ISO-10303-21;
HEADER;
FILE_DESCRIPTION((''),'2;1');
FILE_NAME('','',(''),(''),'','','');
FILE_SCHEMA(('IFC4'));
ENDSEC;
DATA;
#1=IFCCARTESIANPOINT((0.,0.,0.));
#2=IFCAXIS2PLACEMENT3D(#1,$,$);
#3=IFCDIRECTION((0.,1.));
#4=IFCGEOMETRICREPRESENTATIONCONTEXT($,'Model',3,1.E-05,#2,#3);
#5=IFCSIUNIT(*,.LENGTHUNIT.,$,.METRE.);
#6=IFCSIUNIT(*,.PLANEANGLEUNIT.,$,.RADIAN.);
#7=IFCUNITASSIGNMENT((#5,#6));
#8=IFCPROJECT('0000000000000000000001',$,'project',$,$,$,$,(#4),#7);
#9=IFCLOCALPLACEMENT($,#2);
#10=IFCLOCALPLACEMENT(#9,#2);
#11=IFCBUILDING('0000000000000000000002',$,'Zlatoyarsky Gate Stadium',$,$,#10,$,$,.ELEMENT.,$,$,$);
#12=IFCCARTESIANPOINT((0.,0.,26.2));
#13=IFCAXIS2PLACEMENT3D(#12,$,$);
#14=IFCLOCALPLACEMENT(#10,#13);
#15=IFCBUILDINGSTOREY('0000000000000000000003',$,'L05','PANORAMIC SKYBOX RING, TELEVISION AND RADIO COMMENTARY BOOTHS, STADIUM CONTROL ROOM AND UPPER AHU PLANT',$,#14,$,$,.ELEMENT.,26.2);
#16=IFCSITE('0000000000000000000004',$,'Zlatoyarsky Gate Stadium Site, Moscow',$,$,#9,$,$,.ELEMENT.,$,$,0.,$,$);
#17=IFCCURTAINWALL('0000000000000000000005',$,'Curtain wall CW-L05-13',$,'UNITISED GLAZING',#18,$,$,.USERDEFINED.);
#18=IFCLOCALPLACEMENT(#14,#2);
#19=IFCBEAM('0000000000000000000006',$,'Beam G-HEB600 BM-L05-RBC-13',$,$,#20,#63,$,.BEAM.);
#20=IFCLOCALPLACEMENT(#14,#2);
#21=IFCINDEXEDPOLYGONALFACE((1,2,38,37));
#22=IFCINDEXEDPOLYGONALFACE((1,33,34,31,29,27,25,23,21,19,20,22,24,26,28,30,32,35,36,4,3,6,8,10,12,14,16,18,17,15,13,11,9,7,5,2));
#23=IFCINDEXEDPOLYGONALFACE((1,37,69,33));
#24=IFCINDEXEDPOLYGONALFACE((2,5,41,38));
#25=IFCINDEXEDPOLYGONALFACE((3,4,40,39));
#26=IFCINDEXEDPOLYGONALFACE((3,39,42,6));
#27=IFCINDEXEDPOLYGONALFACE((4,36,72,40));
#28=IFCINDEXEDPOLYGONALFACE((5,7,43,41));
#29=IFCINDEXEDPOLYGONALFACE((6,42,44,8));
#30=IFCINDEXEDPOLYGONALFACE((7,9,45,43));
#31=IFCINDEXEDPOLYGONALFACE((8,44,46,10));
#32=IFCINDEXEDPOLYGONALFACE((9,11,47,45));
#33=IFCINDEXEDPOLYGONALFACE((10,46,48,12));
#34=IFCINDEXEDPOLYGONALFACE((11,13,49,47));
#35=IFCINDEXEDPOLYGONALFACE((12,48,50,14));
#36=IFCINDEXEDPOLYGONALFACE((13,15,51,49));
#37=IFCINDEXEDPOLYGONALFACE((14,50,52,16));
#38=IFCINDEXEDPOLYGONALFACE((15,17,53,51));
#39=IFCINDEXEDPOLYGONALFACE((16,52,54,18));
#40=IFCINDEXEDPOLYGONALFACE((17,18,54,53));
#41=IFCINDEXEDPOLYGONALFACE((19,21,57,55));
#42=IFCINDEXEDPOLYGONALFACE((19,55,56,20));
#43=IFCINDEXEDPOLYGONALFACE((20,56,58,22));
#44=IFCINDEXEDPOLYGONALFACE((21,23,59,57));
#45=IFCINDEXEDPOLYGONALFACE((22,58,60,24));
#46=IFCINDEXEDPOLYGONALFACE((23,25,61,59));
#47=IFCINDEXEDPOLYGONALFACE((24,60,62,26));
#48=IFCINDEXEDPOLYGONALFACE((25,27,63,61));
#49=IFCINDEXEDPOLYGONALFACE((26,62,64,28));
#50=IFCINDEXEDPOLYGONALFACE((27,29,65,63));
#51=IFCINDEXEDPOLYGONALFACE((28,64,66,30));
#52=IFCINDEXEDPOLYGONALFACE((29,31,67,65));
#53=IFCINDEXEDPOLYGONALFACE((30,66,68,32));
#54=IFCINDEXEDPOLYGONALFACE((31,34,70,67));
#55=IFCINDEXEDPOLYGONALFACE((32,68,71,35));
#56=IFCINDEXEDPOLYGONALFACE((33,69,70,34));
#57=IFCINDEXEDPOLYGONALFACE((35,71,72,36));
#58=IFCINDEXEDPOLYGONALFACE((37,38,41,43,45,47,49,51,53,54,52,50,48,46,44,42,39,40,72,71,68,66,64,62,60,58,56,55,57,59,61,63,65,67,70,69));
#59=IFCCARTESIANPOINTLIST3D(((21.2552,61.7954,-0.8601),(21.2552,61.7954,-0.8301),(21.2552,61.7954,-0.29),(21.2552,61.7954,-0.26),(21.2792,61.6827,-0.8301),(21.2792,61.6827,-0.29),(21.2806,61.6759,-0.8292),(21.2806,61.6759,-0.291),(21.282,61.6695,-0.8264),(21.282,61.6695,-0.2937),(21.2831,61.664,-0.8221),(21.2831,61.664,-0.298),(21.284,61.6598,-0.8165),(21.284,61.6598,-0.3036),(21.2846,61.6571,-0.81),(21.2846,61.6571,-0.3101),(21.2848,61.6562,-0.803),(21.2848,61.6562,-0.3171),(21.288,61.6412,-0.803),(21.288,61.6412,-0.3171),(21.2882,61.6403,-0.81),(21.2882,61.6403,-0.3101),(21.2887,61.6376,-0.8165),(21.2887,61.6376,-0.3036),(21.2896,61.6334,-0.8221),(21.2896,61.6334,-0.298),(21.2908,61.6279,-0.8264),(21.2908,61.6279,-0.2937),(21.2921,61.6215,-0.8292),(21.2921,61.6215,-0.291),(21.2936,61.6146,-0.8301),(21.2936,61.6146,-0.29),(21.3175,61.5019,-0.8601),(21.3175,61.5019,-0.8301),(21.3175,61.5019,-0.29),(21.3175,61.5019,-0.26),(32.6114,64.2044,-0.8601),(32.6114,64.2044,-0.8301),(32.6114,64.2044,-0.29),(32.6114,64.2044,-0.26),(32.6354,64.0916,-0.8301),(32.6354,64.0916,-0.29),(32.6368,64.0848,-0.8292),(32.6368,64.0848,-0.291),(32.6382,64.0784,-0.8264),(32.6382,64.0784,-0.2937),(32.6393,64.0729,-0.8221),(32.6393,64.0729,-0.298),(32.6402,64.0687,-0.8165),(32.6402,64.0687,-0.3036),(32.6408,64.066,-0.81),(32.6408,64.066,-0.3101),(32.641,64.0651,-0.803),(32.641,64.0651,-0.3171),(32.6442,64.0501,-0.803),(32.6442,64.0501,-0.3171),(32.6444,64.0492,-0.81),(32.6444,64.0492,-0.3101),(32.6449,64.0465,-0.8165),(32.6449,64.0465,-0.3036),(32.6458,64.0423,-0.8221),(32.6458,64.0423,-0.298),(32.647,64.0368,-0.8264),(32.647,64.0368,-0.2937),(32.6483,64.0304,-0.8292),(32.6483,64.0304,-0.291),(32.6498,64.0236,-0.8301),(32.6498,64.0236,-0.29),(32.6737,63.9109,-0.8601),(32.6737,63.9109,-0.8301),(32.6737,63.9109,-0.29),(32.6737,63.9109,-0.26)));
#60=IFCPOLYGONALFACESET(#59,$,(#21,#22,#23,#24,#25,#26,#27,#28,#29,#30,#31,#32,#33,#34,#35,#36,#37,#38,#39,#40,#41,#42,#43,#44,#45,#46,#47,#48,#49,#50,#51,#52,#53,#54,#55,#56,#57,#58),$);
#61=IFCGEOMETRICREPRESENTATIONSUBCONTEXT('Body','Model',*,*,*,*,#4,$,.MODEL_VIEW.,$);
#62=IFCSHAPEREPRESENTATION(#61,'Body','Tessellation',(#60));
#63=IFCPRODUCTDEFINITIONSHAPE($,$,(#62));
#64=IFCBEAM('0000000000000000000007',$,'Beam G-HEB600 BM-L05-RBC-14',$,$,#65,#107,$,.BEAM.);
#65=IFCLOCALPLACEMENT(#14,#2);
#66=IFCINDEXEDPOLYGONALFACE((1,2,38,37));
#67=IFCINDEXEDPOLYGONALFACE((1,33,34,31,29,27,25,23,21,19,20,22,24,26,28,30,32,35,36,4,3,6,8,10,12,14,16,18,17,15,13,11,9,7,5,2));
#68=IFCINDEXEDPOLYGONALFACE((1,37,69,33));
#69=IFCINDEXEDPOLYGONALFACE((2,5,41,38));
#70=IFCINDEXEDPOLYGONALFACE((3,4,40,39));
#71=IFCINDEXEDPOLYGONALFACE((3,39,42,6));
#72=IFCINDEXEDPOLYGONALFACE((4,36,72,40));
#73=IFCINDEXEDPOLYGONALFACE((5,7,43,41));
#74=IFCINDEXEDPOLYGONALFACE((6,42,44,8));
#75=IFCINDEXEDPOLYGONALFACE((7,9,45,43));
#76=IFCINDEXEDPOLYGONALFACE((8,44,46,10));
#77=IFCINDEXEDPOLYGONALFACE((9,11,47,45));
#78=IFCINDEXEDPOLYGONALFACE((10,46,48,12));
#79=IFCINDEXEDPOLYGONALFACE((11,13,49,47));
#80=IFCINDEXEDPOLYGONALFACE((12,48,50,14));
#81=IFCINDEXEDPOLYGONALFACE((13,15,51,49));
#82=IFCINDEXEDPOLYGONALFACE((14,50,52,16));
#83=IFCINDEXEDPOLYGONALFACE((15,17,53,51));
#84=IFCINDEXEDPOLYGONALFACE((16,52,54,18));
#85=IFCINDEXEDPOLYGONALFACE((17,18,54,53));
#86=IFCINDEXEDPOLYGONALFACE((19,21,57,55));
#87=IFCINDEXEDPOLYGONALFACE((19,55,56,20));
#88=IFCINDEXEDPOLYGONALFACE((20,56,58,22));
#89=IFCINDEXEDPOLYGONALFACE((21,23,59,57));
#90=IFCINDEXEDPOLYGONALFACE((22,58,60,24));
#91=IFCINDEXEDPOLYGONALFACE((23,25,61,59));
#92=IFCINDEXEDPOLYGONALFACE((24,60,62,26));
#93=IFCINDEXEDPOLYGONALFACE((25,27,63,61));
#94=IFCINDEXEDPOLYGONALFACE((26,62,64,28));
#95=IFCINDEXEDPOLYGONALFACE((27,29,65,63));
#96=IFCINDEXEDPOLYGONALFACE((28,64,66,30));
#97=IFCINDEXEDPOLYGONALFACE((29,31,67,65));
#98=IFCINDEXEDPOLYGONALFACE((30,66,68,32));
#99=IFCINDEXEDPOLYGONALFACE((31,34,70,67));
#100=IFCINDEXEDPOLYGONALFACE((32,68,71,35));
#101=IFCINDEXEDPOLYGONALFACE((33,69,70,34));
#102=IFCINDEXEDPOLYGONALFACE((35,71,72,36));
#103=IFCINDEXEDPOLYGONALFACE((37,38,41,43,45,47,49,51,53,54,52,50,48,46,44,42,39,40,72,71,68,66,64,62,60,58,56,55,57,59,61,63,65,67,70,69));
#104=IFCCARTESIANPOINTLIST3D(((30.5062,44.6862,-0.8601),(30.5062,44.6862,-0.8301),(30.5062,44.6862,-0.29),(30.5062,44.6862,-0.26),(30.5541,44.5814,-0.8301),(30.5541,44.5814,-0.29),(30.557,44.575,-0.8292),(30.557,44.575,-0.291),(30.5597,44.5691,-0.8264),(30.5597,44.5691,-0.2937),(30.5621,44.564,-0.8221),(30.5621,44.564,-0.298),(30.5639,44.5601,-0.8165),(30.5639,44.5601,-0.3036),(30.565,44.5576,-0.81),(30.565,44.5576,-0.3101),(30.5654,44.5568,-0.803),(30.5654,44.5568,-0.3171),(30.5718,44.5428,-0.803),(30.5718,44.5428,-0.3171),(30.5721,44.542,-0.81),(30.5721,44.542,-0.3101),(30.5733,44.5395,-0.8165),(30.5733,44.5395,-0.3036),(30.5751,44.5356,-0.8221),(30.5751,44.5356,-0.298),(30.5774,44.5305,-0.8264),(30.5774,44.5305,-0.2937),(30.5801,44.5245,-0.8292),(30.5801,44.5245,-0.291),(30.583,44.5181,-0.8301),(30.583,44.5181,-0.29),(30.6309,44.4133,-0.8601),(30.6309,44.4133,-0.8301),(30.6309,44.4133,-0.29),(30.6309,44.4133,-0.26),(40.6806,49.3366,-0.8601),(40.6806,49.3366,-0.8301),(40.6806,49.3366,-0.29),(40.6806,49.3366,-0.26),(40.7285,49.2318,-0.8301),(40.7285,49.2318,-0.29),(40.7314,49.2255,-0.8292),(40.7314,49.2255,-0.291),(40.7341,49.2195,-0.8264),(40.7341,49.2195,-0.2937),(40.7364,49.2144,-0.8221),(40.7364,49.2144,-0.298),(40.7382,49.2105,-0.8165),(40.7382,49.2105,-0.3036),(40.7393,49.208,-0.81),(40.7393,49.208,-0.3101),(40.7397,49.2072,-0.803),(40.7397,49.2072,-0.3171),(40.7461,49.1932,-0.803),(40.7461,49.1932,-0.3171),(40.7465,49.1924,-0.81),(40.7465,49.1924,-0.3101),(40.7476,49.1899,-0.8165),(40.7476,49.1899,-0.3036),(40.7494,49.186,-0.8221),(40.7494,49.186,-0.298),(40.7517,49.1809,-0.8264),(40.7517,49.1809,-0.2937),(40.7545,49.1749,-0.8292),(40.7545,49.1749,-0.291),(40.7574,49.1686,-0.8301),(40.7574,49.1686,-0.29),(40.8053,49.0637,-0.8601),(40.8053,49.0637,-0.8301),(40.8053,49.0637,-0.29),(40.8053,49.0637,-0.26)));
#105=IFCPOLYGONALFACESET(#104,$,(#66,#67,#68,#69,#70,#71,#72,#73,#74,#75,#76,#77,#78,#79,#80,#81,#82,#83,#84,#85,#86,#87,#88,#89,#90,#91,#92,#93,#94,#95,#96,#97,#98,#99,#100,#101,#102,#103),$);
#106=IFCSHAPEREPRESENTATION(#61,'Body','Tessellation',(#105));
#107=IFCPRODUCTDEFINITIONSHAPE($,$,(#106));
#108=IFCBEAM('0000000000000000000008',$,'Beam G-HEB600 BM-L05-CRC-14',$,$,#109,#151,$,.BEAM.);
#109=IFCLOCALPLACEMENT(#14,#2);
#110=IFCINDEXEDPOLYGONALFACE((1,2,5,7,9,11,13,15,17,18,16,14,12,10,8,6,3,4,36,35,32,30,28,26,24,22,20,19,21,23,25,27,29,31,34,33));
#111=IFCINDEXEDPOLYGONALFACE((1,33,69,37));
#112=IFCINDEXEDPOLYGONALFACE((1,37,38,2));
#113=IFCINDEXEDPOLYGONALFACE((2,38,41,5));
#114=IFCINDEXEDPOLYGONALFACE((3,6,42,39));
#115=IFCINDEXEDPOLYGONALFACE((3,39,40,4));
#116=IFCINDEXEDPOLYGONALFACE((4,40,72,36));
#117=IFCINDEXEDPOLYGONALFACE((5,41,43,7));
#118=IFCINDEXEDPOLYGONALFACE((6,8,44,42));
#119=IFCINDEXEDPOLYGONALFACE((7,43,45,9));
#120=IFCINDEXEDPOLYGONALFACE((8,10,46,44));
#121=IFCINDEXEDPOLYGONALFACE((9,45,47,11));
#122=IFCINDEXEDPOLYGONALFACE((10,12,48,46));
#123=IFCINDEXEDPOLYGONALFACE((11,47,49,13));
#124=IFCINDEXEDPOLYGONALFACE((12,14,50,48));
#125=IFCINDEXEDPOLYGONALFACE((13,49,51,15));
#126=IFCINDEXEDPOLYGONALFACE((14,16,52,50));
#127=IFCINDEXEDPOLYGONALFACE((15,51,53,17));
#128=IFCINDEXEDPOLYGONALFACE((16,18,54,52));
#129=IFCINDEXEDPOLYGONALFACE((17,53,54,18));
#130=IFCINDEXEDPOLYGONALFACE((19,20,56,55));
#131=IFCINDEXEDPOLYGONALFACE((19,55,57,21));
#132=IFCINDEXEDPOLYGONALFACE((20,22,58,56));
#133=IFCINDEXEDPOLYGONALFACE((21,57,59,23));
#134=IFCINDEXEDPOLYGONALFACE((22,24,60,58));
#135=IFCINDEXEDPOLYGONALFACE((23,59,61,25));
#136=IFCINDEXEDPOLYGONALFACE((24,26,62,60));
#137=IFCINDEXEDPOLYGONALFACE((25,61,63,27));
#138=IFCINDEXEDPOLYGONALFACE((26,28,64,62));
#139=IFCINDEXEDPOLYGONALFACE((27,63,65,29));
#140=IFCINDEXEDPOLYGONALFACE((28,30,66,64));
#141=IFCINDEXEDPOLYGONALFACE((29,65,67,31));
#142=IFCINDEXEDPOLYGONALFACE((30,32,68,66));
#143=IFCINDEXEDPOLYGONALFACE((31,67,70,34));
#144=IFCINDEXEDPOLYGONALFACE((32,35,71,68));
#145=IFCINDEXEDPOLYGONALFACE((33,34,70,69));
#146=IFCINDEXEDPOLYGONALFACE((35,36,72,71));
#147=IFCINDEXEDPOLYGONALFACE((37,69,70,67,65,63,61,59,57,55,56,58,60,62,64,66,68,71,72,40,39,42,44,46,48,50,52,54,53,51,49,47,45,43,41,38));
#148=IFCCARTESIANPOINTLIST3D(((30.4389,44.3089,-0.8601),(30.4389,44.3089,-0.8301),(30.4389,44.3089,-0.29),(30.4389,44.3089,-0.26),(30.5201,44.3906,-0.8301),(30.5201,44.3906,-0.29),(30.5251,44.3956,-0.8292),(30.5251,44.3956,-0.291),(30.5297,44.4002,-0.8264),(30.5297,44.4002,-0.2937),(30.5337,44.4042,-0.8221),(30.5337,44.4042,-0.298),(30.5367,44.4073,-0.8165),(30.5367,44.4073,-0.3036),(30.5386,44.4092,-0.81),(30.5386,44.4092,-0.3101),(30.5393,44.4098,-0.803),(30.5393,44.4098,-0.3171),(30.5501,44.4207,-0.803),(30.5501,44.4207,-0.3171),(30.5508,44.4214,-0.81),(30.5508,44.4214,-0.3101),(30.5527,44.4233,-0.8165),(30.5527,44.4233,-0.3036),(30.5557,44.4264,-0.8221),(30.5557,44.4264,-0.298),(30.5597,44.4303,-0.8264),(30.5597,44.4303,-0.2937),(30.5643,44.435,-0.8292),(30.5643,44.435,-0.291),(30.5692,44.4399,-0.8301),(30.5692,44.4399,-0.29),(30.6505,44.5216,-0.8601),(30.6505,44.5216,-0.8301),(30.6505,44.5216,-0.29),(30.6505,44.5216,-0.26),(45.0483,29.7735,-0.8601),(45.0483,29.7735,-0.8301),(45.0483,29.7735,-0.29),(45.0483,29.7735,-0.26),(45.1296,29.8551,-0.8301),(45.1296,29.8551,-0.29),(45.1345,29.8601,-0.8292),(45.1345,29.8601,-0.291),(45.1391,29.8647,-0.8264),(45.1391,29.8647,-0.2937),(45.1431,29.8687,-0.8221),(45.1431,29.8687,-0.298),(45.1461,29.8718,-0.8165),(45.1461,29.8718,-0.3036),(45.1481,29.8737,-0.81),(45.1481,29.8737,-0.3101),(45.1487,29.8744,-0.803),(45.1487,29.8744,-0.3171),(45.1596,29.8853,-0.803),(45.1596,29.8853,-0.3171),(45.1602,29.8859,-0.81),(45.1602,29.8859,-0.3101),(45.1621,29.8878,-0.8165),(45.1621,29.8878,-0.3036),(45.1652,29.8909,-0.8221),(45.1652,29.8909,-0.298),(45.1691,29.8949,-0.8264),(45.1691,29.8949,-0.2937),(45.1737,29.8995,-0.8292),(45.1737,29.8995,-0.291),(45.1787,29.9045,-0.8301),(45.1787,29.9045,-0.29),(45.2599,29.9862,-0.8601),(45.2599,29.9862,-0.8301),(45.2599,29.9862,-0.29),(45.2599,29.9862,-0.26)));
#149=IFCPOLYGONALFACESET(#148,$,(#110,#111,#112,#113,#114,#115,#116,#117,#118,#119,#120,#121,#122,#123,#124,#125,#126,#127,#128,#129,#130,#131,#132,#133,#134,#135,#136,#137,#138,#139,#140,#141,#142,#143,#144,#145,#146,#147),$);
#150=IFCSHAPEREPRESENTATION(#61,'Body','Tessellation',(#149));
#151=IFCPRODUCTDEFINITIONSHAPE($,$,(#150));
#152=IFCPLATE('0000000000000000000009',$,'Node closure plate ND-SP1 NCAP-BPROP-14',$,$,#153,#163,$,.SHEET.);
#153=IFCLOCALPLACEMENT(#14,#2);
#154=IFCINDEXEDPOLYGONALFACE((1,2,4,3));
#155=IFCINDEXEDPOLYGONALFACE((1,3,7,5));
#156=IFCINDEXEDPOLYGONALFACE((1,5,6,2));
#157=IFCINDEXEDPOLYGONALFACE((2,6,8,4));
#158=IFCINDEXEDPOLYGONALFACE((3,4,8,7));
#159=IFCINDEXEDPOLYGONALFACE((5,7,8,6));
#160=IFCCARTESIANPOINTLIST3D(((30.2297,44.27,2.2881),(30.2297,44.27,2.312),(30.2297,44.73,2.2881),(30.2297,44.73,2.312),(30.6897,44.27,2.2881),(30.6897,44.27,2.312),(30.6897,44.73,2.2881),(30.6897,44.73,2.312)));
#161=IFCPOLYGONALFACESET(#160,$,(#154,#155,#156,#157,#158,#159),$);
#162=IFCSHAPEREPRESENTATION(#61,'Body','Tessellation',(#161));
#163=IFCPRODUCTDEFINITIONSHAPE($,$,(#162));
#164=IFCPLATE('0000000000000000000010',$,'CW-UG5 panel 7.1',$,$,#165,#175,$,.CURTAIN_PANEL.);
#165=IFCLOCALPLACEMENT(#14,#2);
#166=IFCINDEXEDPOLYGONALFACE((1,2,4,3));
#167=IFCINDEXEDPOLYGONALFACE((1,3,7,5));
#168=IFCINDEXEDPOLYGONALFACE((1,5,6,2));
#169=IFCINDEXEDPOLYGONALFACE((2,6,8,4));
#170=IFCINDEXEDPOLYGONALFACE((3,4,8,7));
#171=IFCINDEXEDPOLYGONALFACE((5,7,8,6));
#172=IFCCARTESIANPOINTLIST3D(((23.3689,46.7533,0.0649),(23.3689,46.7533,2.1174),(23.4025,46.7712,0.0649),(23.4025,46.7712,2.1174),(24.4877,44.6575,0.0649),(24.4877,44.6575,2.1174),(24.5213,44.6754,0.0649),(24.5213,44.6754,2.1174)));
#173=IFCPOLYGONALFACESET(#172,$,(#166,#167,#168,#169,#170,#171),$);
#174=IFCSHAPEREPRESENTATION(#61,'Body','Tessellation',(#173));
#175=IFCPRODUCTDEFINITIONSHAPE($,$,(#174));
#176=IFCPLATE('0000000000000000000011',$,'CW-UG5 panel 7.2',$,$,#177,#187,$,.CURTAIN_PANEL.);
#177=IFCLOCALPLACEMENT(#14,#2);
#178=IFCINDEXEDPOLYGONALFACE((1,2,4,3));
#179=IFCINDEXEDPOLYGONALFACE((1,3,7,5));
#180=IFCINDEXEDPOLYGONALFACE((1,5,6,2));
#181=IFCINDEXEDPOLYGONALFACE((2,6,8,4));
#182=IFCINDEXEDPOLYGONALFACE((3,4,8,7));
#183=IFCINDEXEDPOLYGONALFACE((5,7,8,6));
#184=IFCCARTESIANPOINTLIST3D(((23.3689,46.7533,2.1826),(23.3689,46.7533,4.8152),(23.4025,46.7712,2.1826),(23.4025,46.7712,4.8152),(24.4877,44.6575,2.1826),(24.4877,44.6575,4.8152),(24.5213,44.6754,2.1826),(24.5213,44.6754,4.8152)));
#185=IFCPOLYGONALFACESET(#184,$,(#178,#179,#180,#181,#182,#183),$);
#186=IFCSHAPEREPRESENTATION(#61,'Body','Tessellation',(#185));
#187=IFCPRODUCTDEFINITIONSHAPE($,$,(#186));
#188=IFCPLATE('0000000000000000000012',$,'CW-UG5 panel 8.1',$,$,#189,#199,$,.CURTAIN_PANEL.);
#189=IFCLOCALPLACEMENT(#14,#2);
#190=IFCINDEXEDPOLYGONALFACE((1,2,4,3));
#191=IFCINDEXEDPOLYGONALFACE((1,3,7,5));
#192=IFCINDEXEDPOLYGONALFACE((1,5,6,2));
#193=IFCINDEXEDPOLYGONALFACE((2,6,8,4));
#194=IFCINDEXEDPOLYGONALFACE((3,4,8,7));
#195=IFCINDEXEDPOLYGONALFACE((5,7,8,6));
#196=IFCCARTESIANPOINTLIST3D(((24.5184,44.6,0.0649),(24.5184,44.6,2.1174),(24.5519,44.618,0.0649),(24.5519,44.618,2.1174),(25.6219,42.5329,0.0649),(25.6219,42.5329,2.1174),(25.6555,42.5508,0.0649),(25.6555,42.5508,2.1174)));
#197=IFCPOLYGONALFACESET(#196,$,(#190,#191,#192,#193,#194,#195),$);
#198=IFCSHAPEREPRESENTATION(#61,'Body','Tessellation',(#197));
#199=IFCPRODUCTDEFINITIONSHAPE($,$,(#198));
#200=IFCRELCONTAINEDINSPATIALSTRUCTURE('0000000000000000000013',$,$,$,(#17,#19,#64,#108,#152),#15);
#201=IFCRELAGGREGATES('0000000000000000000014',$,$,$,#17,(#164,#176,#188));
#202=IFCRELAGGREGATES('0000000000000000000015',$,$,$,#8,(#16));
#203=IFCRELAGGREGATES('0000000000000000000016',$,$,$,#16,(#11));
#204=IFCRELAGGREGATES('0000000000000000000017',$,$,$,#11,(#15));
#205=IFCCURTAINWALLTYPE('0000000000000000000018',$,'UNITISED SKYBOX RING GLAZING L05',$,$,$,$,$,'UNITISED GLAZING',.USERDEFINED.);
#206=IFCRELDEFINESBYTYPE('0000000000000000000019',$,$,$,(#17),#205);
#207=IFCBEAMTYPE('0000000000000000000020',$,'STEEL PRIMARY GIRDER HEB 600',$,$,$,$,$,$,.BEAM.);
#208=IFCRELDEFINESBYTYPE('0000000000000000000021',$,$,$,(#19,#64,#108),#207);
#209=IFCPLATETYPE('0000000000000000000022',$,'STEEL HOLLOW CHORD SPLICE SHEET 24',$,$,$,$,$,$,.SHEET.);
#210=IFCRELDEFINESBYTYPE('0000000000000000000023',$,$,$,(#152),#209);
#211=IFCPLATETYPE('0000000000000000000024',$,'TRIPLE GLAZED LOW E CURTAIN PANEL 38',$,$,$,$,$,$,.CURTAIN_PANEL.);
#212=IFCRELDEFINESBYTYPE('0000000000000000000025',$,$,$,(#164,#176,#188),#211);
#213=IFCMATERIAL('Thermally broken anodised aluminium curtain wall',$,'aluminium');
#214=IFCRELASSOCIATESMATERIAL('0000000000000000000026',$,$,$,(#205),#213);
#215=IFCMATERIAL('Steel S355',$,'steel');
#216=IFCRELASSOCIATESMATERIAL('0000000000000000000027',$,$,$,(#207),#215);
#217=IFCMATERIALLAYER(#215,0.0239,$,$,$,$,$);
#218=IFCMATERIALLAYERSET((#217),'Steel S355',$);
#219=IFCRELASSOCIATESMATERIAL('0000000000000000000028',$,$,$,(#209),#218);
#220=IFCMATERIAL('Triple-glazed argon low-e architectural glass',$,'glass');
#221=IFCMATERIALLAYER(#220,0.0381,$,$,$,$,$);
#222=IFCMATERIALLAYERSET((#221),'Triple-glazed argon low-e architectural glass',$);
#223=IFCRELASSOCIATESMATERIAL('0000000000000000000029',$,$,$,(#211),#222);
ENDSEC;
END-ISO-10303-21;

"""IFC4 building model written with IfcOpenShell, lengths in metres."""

from ifc_helpers import new_model, si_unit, direction, frame, origin, origin_2d, place, context, subcontext, project, spatial, rectangle, i_section, extrude, material, layer, layer_set, material_profile, profile_set, type_object, element, aggregate, save


model = new_model("IFC4")

# Units and contexts
model_context = context("Model", 3, precision=1e-05, world=origin(), true_north=direction((0.0, 1.0)))
body_context = subcontext(model_context, "Body", "Model", "MODEL_VIEW")
ifc_project = project(units=[si_unit("LENGTHUNIT", "METRE"), si_unit("PLANEANGLEUNIT", "RADIAN")], contexts=[model_context])

# Site, building, storey
site_placement = place(None, origin())
site = spatial("IfcSite", under=ifc_project, at=site_placement, Name="Zlatoyarsky Gate Stadium Site, Moscow", CompositionType="ELEMENT", RefElevation=0.0)
building_placement = place(site_placement, origin())
building = spatial("IfcBuilding", under=site, at=building_placement, Name="Zlatoyarsky Gate Stadium", CompositionType="ELEMENT")
storey_placement = place(building_placement, frame((0.0, 0.0, 26.2)))
storey = spatial("IfcBuildingStorey", under=building, at=storey_placement, Name="L05", Description="PANORAMIC SKYBOX RING, TELEVISION AND RADIO COMMENTARY BOOTHS, STADIUM CONTROL ROOM AND UPPER AHU PLANT", CompositionType="ELEMENT", Elevation=26.2)

# Shared definitions
ifc_material_1 = material(Name="Steel S355", Category="steel")

# Curtain wall
ifc_material_2 = material(Name="Thermally broken anodised aluminium curtain wall", Category="aluminium")
curtain_wall_type = type_object("IfcCurtainWallType", Name="UNITISED SKYBOX RING GLAZING L05", ElementType="UNITISED GLAZING", PredefinedType="USERDEFINED", material=ifc_material_2)
curtain_wall_placement = place(storey_placement, origin())
curtain_wall = element("IfcCurtainWall", 1, at=curtain_wall_placement, inside=storey, type_object=curtain_wall_type, Name="Curtain wall CW-L05-13", ObjectType="UNITISED GLAZING", PredefinedType="USERDEFINED")

# Beams
ifc_material_profile_1 = material_profile(ifc_material_1, i_section(OverallWidth=0.3, OverallDepth=0.6001, WebThickness=0.0154, FlangeThickness=0.03, FilletRadius=0.0271, at=origin_2d()), Name="HEB 600")
ifc_profile_set_1 = profile_set([ifc_material_profile_1], Name="Steel S355")
beam_type_1 = type_object("IfcBeamType", Name="STEEL PRIMARY GIRDER HEB 600", PredefinedType="BEAM", material=ifc_profile_set_1)
beam_1_placement = place(storey_placement, frame((32.6426, 64.0576, -0.5601), z_axis=(-0.978233, -0.207508, 0.0), x_axis=(0.207508, -0.978233, 0.0)))
element("IfcBeam", 2, at=beam_1_placement, inside=storey, type_object=beam_type_1, Name="Beam G-HEB600 BM-L05-RBC-13", PredefinedType="BEAM", context=body_context, shape_type="SweptSolid", body=[
    extrude(i_section(OverallWidth=0.3, OverallDepth=0.6001, WebThickness=0.0154, FlangeThickness=0.03, FilletRadius=0.0271, at=origin_2d()), origin(), (0.0, 0.0, 1.0), 11.6089),
])
beam_2_placement = place(storey_placement, frame((40.7429, 49.2002, -0.5601), z_axis=(-0.909499, -0.415706, 0.0), x_axis=(0.415706, -0.909499, 0.0)))
element("IfcBeam", 3, at=beam_2_placement, inside=storey, type_object=beam_type_1, Name="Beam G-HEB600 BM-L05-RBC-14", PredefinedType="BEAM", context=body_context, shape_type="SweptSolid", body=[
    extrude(i_section(OverallWidth=0.3, OverallDepth=0.6001, WebThickness=0.0154, FlangeThickness=0.03, FilletRadius=0.0271, at=origin_2d()), origin(), (0.0, 0.0, 1.0), 11.1868),
])
beam_3_placement = place(storey_placement, frame((30.5447, 44.4153, -0.5601), z_axis=(0.708899, -0.70531, 0.0), x_axis=(0.70531, 0.708899, 0.0)))
element("IfcBeam", 4, at=beam_3_placement, inside=storey, type_object=beam_type_1, Name="Beam G-HEB600 BM-L05-CRC-14", PredefinedType="BEAM", context=body_context, shape_type="SweptSolid", body=[
    extrude(i_section(OverallWidth=0.3, OverallDepth=0.6001, WebThickness=0.0154, FlangeThickness=0.03, FilletRadius=0.0271, at=origin_2d()), origin(), (0.0, 0.0, 1.0), 20.6086),
])

# Plates
ifc_layer_1 = layer(ifc_material_1, 0.0239)
ifc_layer_set_1 = layer_set([ifc_layer_1], Name="Steel S355")
plate_type_1 = type_object("IfcPlateType", Name="STEEL HOLLOW CHORD SPLICE SHEET 24", PredefinedType="SHEET", material=ifc_layer_set_1)
plate_1_placement = place(storey_placement, frame((30.4597, 44.5, 2.2881), z_axis=(0.0, 0.0, 1.0), x_axis=(1.0, 0.0, 0.0)))
element("IfcPlate", 5, at=plate_1_placement, inside=storey, type_object=plate_type_1, Name="Node closure plate ND-SP1 NCAP-BPROP-14", PredefinedType="SHEET", context=body_context, shape_type="SweptSolid", body=[
    extrude(rectangle(XDim=0.46, YDim=0.46, at=origin_2d()), origin(), (0.0, 0.0, 1.0), 0.0239),
])
ifc_material_3 = material(Name="Triple-glazed argon low-e architectural glass", Category="glass")
ifc_layer_2 = layer(ifc_material_3, 0.0381)
ifc_layer_set_2 = layer_set([ifc_layer_2], Name="Triple-glazed argon low-e architectural glass")
plate_type_2 = type_object("IfcPlateType", Name="TRIPLE GLAZED LOW E CURTAIN PANEL 38", PredefinedType="CURTAIN_PANEL", material=ifc_layer_set_2)
plate_2_placement = place(storey_placement, frame((23.9451, 45.7144, 0.0649), z_axis=(0.0, 0.0, 1.0), x_axis=(0.470937, -0.882167, 0.0)))
plate_2 = element("IfcPlate", 6, at=plate_2_placement, type_object=plate_type_2, Name="CW-UG5 panel 7.1", PredefinedType="CURTAIN_PANEL", context=body_context, shape_type="SweptSolid", body=[
    extrude(rectangle(XDim=2.3757, YDim=0.0381, at=origin_2d()), origin(), (0.0, 0.0, 1.0), 2.0525),
])
plate_3_placement = place(storey_placement, frame((23.9451, 45.7144, 2.1826), z_axis=(0.0, 0.0, 1.0), x_axis=(0.470937, -0.882167, 0.0)))
plate_3 = element("IfcPlate", 7, at=plate_3_placement, type_object=plate_type_2, Name="CW-UG5 panel 7.2", PredefinedType="CURTAIN_PANEL", context=body_context, shape_type="SweptSolid", body=[
    extrude(rectangle(XDim=2.3757, YDim=0.0381, at=origin_2d()), origin(), (0.0, 0.0, 1.0), 2.6326),
])
plate_4_placement = place(storey_placement, frame((25.0869, 43.5754, 0.0649), z_axis=(0.0, 0.0, 1.0), x_axis=(0.470937, -0.882167, 0.0)))
plate_4 = element("IfcPlate", 8, at=plate_4_placement, type_object=plate_type_2, Name="CW-UG5 panel 8.1", PredefinedType="CURTAIN_PANEL", context=body_context, shape_type="SweptSolid", body=[
    extrude(rectangle(XDim=2.3433, YDim=0.0381, at=origin_2d()), origin(), (0.0, 0.0, 1.0), 2.0525),
])
aggregate(curtain_wall, [plate_2, plate_3, plate_4])

save(model, "model.ifc")
